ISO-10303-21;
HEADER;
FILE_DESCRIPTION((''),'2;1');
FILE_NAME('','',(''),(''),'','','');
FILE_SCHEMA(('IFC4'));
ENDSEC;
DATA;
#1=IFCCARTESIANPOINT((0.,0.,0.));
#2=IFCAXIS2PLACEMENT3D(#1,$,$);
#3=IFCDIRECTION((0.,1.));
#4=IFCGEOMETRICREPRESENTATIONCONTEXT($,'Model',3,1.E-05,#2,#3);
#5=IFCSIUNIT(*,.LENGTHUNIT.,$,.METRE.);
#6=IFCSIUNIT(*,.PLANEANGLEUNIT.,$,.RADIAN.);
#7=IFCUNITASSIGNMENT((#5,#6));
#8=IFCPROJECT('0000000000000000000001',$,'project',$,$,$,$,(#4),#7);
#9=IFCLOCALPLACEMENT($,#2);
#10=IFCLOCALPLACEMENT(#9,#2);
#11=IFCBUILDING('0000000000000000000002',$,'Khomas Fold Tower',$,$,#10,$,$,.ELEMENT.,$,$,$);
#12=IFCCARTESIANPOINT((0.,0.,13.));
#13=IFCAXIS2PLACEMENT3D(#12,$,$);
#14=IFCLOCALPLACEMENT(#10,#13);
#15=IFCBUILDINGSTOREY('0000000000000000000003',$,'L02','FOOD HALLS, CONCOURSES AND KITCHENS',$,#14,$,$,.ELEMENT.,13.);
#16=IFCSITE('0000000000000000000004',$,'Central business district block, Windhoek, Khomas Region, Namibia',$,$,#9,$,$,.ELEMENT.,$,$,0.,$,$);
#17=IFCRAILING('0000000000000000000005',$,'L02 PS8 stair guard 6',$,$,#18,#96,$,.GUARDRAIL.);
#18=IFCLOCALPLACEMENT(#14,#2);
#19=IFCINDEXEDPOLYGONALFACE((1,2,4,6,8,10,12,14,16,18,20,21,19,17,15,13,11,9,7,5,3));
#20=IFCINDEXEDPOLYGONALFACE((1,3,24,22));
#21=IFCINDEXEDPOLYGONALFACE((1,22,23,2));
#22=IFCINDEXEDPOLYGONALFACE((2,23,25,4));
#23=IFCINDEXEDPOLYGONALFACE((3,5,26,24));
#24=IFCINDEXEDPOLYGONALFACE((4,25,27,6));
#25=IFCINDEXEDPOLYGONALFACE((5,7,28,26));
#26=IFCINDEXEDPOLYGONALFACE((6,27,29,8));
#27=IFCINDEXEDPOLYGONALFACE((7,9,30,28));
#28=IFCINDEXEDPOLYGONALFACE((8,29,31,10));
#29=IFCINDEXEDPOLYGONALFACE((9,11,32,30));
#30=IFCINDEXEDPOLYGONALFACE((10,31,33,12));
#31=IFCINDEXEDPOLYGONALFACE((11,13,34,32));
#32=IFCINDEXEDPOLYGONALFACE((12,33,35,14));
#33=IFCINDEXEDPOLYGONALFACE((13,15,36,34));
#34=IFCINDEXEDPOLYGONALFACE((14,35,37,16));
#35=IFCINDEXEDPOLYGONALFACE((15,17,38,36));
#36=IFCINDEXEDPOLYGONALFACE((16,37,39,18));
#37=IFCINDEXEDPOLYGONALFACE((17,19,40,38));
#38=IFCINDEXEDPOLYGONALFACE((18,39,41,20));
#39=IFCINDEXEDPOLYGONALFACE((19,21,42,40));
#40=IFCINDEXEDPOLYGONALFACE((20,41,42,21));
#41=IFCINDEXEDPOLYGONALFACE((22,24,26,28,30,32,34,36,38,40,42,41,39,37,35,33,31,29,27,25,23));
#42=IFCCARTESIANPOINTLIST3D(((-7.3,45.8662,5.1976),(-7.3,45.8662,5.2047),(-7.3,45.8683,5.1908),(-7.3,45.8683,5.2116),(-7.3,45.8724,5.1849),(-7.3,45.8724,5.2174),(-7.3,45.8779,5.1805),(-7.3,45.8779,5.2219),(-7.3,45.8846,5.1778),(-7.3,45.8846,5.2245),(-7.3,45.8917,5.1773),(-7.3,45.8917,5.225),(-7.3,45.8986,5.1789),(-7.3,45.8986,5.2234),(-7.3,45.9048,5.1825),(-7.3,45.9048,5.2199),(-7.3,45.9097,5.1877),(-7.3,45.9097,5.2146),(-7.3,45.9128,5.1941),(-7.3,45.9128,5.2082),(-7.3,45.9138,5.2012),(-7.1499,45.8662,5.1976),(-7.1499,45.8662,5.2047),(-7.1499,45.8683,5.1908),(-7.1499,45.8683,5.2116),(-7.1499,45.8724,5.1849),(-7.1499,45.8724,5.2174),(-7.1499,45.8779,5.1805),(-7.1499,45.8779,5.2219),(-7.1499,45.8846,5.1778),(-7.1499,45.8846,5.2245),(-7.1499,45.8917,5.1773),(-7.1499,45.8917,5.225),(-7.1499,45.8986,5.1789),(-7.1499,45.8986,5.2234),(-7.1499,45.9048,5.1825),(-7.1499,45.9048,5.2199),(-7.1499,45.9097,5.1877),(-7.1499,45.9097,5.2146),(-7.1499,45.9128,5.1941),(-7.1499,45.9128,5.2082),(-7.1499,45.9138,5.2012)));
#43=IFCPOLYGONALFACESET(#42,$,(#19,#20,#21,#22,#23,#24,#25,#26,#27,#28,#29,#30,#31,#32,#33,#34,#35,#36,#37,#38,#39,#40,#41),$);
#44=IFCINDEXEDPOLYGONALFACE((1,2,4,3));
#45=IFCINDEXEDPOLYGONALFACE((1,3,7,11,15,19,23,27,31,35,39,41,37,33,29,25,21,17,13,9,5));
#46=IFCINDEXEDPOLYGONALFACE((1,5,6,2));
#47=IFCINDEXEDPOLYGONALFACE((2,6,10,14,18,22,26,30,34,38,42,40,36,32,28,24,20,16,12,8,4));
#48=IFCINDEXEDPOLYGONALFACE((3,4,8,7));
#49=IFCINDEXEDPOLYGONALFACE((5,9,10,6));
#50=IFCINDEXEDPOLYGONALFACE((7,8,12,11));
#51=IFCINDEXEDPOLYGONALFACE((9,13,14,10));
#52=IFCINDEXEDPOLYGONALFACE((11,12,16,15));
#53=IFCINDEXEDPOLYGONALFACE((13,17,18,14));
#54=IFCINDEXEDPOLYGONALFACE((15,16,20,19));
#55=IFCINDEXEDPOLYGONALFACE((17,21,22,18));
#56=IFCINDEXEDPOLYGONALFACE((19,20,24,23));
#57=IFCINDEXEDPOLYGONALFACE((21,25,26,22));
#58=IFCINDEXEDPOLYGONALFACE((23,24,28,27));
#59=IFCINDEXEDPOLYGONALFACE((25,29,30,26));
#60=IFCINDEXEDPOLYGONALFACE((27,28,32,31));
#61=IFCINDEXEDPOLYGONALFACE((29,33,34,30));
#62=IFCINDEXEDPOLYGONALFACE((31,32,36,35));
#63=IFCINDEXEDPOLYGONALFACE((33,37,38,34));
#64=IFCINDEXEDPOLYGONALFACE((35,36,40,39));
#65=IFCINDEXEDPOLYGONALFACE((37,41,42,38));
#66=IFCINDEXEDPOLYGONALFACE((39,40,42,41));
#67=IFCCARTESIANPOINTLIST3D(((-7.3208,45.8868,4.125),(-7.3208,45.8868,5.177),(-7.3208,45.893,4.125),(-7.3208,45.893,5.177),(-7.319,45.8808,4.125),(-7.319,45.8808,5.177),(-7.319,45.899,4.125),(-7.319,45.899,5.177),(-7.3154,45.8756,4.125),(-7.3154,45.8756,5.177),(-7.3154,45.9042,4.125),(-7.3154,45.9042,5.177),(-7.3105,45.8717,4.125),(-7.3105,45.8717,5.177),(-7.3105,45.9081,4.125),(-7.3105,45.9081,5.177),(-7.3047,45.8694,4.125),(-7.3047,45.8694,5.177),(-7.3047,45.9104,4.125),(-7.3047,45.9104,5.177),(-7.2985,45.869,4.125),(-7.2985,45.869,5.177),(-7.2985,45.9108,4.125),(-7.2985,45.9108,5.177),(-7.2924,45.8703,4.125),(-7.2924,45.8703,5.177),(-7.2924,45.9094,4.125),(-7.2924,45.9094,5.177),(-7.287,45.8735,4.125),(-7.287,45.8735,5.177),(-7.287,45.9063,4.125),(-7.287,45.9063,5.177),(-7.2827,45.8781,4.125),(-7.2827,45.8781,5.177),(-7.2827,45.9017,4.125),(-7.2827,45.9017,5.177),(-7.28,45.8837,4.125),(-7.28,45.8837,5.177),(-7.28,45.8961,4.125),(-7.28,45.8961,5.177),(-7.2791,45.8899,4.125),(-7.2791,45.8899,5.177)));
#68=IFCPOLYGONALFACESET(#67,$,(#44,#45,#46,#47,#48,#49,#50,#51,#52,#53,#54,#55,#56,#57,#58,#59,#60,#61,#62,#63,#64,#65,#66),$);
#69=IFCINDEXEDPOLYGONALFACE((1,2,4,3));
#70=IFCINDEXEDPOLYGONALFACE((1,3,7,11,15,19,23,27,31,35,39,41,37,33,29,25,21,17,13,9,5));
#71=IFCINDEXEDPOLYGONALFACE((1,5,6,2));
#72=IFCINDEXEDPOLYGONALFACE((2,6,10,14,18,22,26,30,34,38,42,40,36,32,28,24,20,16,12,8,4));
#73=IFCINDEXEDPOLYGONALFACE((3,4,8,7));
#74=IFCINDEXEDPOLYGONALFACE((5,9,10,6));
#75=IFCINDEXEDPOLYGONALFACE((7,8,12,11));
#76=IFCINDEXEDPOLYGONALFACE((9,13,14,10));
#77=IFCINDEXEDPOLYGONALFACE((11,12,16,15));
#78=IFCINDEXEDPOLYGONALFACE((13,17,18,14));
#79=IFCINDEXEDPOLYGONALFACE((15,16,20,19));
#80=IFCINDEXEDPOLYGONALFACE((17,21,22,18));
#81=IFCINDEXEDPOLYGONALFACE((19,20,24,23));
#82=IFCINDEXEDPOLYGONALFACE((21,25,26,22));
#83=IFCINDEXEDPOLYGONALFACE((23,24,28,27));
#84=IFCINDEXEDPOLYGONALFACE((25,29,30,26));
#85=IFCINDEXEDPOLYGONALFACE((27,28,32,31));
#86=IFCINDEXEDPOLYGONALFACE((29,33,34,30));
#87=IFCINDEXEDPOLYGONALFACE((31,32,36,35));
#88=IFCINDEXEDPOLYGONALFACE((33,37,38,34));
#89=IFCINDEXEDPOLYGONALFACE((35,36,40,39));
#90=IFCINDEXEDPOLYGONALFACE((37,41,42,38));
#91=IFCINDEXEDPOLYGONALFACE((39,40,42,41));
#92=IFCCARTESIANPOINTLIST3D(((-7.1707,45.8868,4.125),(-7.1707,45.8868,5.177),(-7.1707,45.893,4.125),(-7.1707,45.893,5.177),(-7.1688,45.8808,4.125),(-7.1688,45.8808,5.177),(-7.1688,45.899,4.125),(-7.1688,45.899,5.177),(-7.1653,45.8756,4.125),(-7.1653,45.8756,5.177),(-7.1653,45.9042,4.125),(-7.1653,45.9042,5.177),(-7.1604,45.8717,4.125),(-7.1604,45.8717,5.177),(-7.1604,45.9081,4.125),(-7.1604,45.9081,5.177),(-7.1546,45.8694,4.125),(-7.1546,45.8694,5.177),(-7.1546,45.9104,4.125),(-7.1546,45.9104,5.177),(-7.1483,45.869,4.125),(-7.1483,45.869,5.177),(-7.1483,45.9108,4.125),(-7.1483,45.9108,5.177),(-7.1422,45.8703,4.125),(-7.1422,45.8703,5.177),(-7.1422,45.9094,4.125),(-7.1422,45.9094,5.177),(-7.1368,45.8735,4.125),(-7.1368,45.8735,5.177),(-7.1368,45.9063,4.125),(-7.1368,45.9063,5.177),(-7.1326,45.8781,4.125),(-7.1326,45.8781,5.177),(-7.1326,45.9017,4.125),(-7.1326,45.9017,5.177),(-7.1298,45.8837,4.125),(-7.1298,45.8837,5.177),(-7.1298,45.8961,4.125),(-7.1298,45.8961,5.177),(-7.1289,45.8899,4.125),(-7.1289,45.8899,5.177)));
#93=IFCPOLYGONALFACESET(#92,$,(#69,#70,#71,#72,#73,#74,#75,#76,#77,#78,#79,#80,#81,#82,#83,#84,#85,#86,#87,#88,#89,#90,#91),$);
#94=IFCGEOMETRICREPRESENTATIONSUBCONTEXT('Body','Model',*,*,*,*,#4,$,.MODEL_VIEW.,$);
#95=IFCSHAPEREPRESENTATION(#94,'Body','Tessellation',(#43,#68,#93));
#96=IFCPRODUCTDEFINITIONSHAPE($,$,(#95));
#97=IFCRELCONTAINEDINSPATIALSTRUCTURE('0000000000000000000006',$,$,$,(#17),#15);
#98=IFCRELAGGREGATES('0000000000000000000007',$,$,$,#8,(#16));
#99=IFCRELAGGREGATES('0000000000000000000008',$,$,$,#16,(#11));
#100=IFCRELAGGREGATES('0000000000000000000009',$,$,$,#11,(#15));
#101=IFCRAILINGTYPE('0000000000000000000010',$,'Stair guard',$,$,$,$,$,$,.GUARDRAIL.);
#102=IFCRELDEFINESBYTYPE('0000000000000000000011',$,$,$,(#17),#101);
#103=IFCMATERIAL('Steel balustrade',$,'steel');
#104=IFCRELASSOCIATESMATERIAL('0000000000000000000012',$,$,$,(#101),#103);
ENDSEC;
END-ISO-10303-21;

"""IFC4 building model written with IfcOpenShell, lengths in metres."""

from ifc_helpers import new_model, si_unit, direction, frame, origin, origin_2d, place, context, subcontext, project, spatial, circle, extrude, source, transform, mapped, material, type_object, element, save


model = new_model("IFC4")

# Units and contexts
model_context = context("Model", 3, precision=1e-05, world=origin(), true_north=direction((0.0, 1.0)))
body_context = subcontext(model_context, "Body", "Model", "MODEL_VIEW")
ifc_project = project(units=[si_unit("LENGTHUNIT", "METRE"), si_unit("PLANEANGLEUNIT", "RADIAN")], contexts=[model_context])

# Site, building, storey
site_placement = place(None, origin())
site = spatial("IfcSite", under=ifc_project, at=site_placement, Name="Central business district block, Windhoek, Khomas Region, Namibia", CompositionType="ELEMENT", RefElevation=0.0)
building_placement = place(site_placement, origin())
building = spatial("IfcBuilding", under=site, at=building_placement, Name="Khomas Fold Tower", CompositionType="ELEMENT")
storey_placement = place(building_placement, frame((0.0, 0.0, 13.0)))
storey = spatial("IfcBuildingStorey", under=building, at=storey_placement, Name="L02", Description="FOOD HALLS, CONCOURSES AND KITCHENS", CompositionType="ELEMENT", Elevation=13.0)

# Railing
ifc_material_1 = material(Name="Steel balustrade", Category="steel")
railing_type_1 = type_object("IfcRailingType", Name="Stair guard", PredefinedType="GUARDRAIL", material=ifc_material_1)
shared_shape_1 = source(origin(), body_context, "Body", "SweptSolid", [
    extrude(circle(Radius=0.0239, at=origin_2d()), frame((0.0, 0.0, 1.0762), z_axis=(1.0, 0.0, 0.0), x_axis=(0.0, 1.0, 0.0)), (0.0, 0.0, 1.0), 0.1501),
    extrude(circle(Radius=0.021, at=origin_2d()), origin(), (0.0, 0.0, 1.0), 1.052),
    extrude(circle(Radius=0.021, at=origin_2d()), frame((0.1501, 0.0, 0.0)), (0.0, 0.0, 1.0), 1.052),
])
for number, where, name in (
    (1, (-7.3, 45.8899, 4.125), "L02 PS8 stair guard 6"),
):
    element("IfcRailing", number, at=place(storey_placement, frame(where)), inside=storey, type_object=railing_type_1, Name=name, PredefinedType="GUARDRAIL", context=body_context, shape_type="MappedRepresentation", body=[
        mapped(shared_shape_1, transform((0.0, 0.0, 0.0))),
    ])

save(model, "model.ifc")
